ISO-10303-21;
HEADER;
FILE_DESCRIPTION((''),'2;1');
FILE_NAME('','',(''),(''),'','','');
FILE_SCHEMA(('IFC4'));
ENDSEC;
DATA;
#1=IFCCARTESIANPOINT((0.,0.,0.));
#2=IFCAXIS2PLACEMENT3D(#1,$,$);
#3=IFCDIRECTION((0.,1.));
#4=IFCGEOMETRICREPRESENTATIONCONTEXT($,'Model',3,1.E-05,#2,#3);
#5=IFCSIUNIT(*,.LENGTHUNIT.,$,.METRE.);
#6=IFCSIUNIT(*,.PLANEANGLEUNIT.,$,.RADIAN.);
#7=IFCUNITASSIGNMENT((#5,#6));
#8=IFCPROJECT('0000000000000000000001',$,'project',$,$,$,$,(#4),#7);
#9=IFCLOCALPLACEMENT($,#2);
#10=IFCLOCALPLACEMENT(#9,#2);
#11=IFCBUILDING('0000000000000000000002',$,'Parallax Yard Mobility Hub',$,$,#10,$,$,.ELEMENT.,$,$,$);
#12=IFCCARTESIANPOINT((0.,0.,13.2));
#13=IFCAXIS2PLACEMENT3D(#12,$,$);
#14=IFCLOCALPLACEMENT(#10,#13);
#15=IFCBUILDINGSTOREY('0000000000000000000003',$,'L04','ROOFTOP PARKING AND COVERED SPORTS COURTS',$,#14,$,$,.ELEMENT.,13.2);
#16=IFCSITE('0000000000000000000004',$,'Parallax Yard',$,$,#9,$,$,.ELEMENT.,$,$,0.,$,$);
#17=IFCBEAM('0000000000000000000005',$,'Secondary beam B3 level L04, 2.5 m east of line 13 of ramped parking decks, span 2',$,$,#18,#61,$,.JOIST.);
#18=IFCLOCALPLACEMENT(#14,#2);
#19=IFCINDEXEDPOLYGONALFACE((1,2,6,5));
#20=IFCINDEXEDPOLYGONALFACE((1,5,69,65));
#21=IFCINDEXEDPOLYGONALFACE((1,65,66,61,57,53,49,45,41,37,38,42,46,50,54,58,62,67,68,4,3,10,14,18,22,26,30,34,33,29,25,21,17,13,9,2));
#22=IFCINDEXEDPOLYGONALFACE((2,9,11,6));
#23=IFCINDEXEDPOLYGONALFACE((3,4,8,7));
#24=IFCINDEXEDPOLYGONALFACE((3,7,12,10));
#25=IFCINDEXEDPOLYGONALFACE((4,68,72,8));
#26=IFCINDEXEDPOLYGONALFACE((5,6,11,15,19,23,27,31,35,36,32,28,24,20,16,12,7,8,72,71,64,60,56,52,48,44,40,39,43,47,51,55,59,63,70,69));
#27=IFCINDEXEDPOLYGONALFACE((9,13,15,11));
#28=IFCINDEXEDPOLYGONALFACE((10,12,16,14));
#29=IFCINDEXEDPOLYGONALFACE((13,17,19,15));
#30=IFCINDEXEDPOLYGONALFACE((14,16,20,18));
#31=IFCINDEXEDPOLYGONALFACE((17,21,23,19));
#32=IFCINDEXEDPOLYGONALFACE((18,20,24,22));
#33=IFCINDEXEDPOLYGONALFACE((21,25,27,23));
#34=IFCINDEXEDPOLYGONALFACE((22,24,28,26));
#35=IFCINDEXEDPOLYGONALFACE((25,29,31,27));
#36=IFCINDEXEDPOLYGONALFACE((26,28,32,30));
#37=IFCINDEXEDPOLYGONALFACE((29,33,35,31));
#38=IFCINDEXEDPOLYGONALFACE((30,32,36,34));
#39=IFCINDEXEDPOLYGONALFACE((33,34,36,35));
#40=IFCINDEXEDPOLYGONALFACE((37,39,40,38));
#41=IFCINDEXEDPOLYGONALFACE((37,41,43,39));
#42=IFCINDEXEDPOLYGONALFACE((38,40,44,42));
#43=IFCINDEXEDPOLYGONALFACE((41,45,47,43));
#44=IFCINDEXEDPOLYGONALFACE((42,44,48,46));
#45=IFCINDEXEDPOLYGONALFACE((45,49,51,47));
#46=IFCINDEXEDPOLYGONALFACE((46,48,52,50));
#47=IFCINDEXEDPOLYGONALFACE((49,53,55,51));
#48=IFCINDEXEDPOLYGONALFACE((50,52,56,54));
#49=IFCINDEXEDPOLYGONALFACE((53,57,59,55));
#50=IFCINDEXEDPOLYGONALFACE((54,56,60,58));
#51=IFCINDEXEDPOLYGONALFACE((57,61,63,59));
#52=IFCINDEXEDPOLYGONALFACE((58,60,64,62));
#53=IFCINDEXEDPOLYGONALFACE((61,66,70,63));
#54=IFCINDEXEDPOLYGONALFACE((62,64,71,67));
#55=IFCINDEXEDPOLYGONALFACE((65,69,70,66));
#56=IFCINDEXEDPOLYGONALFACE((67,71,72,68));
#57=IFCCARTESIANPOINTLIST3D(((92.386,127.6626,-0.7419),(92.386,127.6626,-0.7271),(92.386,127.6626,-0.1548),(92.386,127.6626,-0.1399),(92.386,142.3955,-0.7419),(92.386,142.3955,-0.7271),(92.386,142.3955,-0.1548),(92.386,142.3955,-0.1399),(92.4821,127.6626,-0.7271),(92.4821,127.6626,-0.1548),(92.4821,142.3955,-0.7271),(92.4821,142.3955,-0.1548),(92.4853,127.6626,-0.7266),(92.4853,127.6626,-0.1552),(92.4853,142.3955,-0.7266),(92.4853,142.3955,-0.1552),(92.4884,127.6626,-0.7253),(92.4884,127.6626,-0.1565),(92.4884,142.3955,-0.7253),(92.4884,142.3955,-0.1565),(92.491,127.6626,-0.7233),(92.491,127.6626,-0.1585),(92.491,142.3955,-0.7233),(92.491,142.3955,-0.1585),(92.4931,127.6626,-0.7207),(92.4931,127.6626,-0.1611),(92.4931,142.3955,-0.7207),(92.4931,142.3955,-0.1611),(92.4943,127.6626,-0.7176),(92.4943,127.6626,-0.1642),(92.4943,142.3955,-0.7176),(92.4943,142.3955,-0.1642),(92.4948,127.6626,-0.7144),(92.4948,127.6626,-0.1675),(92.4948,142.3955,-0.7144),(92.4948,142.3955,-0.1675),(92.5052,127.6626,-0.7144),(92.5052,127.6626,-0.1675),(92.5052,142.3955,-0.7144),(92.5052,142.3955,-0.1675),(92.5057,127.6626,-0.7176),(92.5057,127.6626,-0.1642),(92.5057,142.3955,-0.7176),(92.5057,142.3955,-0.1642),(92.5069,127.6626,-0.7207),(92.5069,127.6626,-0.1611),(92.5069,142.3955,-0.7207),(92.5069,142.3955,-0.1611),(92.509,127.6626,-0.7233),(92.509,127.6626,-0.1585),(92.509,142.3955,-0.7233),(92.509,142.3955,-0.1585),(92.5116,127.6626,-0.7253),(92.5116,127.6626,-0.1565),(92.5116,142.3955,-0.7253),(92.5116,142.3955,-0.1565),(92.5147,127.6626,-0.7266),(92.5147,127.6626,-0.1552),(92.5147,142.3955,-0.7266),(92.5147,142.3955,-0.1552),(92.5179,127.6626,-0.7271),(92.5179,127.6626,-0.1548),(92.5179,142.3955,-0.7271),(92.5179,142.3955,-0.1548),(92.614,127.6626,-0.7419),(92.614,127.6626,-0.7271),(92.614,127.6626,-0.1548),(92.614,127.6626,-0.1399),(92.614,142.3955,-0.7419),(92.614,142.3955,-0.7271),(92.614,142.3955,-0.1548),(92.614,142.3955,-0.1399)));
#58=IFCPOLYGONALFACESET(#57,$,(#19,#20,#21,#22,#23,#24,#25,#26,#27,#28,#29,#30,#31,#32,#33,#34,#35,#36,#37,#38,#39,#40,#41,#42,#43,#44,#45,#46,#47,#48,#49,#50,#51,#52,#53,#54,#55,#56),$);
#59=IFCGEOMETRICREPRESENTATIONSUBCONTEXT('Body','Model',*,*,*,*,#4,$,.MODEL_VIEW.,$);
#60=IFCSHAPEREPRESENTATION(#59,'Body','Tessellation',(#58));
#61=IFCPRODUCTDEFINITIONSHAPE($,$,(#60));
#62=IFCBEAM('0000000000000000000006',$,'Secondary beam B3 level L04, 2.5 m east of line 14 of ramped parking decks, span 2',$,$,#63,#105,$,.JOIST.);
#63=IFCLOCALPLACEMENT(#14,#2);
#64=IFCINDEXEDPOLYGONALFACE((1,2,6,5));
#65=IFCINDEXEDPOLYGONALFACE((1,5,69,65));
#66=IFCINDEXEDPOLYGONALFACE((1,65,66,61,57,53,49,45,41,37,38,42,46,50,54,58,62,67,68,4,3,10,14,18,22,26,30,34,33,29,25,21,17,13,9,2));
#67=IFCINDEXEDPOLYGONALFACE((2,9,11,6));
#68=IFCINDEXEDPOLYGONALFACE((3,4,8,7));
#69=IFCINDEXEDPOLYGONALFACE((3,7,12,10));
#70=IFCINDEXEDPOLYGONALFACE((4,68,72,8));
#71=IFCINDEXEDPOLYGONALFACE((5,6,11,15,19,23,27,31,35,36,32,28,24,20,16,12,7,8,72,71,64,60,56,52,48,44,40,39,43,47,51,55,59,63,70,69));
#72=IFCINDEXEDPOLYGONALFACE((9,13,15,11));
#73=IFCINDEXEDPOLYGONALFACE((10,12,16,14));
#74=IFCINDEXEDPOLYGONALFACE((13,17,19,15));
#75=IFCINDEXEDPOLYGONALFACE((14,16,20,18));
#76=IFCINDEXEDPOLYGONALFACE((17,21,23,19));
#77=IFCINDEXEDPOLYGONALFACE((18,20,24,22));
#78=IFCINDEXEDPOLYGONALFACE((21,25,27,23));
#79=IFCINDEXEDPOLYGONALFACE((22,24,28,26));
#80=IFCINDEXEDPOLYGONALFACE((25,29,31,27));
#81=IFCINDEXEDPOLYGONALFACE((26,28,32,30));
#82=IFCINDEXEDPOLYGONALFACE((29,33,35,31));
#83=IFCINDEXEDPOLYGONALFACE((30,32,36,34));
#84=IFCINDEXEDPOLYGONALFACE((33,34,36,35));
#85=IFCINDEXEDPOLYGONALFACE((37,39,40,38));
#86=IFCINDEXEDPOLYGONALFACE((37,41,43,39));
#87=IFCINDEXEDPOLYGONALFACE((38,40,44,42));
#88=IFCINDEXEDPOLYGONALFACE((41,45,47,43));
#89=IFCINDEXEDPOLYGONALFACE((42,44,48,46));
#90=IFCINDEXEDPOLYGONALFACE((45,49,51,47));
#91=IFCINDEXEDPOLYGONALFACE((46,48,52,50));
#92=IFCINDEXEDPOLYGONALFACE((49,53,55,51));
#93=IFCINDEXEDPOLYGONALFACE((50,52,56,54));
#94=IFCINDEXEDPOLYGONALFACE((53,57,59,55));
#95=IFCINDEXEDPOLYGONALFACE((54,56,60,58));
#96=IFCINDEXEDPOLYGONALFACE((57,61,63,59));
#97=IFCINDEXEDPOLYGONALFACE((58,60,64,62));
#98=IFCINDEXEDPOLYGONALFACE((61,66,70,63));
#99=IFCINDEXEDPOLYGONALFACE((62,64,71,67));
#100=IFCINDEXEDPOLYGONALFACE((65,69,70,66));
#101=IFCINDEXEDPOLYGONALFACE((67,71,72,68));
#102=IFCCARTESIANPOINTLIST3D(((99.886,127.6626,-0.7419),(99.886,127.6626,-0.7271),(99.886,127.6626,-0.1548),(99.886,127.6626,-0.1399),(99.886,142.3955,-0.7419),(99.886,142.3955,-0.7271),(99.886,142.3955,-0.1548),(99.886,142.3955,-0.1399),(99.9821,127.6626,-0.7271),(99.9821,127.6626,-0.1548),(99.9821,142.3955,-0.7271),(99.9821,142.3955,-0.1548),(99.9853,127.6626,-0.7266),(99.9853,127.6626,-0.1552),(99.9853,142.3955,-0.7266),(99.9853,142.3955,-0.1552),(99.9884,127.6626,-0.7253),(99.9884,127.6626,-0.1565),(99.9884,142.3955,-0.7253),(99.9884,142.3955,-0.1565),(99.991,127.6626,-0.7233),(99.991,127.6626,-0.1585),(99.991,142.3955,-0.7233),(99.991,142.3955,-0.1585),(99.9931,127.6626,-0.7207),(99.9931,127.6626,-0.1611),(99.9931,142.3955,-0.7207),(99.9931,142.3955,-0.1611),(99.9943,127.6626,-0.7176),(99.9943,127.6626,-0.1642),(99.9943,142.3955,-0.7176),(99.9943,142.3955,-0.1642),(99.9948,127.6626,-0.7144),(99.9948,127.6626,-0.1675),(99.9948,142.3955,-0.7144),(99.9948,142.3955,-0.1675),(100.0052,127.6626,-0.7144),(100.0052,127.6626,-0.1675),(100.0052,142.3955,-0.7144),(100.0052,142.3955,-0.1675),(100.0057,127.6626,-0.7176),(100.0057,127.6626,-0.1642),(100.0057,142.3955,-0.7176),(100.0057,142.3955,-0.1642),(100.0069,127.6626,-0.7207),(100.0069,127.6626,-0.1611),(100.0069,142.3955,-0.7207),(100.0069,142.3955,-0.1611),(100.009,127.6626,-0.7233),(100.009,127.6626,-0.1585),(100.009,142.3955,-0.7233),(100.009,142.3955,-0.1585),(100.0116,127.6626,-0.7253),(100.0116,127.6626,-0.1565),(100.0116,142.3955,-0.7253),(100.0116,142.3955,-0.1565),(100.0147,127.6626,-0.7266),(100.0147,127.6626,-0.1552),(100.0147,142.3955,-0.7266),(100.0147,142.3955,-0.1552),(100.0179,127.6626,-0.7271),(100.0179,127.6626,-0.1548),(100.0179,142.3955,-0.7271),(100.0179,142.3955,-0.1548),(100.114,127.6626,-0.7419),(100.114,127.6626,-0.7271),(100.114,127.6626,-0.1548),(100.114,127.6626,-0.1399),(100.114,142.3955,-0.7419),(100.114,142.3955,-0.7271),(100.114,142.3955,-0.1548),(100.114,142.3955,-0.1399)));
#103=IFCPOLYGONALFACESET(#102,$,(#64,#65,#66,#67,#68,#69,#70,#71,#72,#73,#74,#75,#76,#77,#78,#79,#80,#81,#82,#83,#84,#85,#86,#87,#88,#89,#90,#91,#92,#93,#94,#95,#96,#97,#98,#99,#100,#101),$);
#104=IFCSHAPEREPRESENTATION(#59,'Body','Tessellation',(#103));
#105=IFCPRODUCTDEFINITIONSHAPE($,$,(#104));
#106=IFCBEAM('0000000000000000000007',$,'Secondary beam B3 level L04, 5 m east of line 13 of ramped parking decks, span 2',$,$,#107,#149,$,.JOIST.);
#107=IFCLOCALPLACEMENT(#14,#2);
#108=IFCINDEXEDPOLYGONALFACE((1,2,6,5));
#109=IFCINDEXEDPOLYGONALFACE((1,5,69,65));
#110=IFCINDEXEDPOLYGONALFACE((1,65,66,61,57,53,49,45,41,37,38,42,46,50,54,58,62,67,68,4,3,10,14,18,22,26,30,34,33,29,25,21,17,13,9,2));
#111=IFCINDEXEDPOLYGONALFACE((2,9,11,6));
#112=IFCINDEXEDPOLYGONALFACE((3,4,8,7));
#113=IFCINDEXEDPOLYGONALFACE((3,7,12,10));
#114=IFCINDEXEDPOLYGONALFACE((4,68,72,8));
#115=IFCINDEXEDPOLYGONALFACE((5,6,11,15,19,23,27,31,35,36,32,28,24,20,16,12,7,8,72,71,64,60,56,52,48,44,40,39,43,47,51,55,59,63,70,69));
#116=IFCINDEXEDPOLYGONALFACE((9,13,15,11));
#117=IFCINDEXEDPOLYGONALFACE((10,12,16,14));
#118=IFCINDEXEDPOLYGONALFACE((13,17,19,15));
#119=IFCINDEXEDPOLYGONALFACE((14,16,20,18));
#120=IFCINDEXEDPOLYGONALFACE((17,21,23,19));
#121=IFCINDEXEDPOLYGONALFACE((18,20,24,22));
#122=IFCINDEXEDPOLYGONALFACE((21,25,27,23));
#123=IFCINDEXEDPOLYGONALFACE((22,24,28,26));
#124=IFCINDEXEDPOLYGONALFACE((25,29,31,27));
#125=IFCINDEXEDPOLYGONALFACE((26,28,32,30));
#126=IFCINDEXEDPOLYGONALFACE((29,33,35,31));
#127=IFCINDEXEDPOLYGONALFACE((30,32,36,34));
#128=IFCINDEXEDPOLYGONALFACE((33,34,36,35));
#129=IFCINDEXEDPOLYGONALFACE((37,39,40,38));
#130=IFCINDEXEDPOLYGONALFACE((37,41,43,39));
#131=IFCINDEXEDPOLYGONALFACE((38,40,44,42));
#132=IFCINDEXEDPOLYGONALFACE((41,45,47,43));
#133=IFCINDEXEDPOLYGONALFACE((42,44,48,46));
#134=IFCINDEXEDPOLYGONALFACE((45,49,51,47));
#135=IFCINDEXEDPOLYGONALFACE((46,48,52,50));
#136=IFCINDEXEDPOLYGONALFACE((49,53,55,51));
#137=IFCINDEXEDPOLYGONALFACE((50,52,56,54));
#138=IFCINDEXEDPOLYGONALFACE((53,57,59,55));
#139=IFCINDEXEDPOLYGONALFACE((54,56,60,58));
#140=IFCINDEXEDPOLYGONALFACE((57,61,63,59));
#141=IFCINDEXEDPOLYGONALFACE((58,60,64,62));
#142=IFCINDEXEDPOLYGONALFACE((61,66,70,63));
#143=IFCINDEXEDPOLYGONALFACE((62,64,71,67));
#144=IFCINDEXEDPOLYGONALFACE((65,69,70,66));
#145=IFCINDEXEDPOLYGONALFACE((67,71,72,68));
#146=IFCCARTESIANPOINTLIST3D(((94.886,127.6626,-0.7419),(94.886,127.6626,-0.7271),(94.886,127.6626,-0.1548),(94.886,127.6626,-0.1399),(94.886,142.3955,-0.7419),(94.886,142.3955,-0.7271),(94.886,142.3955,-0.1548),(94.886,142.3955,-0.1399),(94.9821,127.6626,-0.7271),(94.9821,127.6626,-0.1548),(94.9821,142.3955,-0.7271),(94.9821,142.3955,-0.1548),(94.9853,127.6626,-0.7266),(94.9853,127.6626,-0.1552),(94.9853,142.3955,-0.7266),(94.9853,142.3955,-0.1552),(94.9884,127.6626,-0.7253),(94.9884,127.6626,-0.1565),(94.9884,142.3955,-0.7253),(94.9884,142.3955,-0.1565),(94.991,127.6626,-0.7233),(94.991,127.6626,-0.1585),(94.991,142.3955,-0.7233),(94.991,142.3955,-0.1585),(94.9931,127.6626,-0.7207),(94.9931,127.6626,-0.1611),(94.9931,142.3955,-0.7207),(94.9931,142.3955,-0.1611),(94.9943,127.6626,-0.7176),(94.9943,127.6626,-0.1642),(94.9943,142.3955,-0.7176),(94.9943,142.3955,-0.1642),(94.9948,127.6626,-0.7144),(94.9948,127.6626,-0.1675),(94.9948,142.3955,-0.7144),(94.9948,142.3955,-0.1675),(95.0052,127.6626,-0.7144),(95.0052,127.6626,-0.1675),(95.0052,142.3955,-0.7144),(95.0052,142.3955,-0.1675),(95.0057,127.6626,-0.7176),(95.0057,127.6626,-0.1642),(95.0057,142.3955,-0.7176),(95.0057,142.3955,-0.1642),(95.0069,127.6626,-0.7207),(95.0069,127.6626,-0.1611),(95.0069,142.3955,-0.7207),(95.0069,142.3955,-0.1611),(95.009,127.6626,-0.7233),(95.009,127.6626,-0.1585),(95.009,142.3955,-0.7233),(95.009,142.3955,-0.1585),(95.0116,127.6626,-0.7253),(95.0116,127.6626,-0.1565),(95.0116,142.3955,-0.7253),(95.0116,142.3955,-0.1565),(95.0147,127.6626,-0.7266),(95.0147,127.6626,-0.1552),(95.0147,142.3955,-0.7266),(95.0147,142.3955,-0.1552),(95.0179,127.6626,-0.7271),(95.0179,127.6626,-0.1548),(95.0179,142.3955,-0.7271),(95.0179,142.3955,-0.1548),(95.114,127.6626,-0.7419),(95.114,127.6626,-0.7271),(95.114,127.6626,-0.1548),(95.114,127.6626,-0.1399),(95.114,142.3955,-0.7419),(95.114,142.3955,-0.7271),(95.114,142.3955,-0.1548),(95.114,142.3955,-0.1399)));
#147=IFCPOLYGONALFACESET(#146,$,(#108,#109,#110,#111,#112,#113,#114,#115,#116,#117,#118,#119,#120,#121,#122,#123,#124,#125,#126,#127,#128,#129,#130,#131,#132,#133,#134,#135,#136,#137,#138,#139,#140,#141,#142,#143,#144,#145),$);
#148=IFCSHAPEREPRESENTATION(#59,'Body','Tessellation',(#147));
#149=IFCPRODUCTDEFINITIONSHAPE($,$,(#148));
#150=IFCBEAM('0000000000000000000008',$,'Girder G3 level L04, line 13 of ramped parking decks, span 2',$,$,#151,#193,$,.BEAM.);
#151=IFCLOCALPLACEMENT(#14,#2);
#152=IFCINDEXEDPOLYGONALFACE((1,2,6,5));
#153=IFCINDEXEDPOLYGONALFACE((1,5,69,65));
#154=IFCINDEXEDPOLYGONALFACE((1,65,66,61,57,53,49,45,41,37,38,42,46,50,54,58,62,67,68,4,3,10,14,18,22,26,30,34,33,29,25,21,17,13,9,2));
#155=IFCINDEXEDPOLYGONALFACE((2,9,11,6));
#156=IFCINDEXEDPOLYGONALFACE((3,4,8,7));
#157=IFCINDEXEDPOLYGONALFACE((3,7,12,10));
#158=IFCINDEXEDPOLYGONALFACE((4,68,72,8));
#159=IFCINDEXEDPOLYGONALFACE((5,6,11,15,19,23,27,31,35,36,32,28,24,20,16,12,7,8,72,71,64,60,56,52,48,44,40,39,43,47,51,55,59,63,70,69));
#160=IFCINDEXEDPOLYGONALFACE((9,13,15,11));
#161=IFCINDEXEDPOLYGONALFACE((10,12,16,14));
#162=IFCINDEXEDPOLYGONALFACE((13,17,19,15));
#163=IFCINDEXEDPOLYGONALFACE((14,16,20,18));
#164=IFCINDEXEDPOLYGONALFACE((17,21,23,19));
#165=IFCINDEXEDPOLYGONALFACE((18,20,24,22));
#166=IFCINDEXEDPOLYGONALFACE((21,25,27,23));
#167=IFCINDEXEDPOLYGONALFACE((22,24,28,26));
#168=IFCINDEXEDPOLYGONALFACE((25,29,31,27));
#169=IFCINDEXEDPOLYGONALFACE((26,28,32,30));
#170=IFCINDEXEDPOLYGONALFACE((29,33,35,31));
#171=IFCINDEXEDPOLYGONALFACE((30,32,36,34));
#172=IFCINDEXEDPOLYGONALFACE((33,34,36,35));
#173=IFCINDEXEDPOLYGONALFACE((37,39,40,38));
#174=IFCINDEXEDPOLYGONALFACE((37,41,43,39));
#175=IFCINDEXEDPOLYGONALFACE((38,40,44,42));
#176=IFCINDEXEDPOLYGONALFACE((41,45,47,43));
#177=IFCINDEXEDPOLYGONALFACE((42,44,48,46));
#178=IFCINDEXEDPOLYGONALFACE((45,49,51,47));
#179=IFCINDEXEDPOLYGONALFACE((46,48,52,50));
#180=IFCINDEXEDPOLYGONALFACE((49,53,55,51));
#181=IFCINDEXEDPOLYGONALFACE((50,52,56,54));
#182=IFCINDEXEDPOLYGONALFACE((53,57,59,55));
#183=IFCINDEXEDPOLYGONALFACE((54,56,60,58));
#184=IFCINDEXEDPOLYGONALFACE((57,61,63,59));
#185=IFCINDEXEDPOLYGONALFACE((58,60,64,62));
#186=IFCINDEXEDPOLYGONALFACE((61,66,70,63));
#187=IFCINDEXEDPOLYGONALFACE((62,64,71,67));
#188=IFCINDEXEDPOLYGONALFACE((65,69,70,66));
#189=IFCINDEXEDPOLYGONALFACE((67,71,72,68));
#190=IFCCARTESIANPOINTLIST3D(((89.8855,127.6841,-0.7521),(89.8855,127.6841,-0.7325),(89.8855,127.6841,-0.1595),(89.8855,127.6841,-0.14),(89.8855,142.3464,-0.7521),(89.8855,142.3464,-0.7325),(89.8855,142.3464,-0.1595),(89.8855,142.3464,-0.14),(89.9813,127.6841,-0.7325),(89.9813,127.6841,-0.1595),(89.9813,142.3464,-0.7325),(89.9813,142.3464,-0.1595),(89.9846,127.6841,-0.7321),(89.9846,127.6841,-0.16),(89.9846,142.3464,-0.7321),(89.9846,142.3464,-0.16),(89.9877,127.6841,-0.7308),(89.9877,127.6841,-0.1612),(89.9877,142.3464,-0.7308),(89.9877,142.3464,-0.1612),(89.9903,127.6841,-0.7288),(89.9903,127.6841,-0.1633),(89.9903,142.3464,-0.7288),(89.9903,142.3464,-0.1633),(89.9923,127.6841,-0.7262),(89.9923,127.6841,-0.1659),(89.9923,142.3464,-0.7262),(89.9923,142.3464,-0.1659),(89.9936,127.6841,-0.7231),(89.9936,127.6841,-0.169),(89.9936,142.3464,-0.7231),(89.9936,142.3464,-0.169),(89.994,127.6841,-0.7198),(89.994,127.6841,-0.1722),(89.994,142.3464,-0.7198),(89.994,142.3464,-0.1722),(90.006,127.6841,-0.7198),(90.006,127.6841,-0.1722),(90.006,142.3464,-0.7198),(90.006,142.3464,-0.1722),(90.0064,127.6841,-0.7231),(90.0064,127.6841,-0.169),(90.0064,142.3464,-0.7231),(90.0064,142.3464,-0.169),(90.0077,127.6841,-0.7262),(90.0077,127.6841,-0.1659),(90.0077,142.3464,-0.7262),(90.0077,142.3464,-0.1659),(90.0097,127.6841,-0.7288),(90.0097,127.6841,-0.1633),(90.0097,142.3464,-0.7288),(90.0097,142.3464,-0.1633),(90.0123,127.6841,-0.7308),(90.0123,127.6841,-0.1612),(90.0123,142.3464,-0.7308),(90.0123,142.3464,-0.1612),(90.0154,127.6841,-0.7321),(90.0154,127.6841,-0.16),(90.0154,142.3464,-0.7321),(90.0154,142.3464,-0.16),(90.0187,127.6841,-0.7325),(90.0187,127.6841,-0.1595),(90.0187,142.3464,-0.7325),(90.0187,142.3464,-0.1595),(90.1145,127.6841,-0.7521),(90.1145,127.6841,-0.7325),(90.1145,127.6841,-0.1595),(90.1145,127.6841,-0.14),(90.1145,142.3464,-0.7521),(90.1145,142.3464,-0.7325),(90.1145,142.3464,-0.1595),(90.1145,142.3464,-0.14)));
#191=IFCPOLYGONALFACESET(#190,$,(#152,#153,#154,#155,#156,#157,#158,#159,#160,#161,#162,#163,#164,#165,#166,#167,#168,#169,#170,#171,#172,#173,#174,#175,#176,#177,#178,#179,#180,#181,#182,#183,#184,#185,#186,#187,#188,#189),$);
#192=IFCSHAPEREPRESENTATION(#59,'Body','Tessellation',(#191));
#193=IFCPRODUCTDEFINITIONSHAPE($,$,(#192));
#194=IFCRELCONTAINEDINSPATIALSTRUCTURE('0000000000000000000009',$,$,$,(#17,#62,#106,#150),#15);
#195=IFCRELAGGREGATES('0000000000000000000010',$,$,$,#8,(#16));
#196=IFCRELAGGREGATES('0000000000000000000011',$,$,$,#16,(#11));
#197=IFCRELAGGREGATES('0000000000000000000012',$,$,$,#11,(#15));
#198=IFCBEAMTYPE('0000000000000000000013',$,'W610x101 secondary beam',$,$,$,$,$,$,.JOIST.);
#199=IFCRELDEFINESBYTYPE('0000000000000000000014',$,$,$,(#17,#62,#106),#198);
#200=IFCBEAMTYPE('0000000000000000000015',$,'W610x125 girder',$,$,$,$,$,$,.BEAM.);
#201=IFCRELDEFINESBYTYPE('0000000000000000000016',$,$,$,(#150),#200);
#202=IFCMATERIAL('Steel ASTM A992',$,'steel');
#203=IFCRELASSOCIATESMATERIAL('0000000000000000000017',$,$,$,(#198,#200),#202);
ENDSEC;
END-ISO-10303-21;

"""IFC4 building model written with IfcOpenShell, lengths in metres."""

from ifc_helpers import new_model, si_unit, direction, frame, origin, origin_2d, place, context, subcontext, project, spatial, i_section, extrude, material, material_profile, profile_set, type_object, element, save


model = new_model("IFC4")

# Units and contexts
model_context = context("Model", 3, precision=1e-05, world=origin(), true_north=direction((0.0, 1.0)))
body_context = subcontext(model_context, "Body", "Model", "MODEL_VIEW")
ifc_project = project(units=[si_unit("LENGTHUNIT", "METRE"), si_unit("PLANEANGLEUNIT", "RADIAN")], contexts=[model_context])

# Site, building, storey
site_placement = place(None, origin())
site = spatial("IfcSite", under=ifc_project, at=site_placement, Name="Parallax Yard", CompositionType="ELEMENT", RefElevation=0.0)
building_placement = place(site_placement, origin())
building = spatial("IfcBuilding", under=site, at=building_placement, Name="Parallax Yard Mobility Hub", CompositionType="ELEMENT")
storey_placement = place(building_placement, frame((0.0, 0.0, 13.2)))
storey = spatial("IfcBuildingStorey", under=building, at=storey_placement, Name="L04", Description="ROOFTOP PARKING AND COVERED SPORTS COURTS", CompositionType="ELEMENT", Elevation=13.2)

# Shared definitions
ifc_material_1 = material(Name="Steel ASTM A992", Category="steel")

# Beams
ifc_material_profile_1 = material_profile(ifc_material_1, i_section(OverallWidth=0.228, OverallDepth=0.6021, WebThickness=0.0105, FlangeThickness=0.0149, FilletRadius=0.0127, at=origin_2d()), Name="W610x101")
ifc_profile_set_1 = profile_set([ifc_material_profile_1], Name="Steel ASTM A992")
beam_type_1 = type_object("IfcBeamType", Name="W610x101 secondary beam", PredefinedType="JOIST", material=ifc_profile_set_1)
for number, where, z_axis, x_axis, name in (
    (1, (92.5, 127.6626, -0.4409), (0.0, 1.0, 0.0), (-1.0, 0.0, 0.0), "Secondary beam B3 level L04, 2.5 m east of line 13 of ramped parking decks, span 2"),
    (2, (100.0, 127.6626, -0.4409), (0.0, 1.0, 0.0), (-1.0, 0.0, 0.0), "Secondary beam B3 level L04, 2.5 m east of line 14 of ramped parking decks, span 2"),
    (3, (95.0, 127.6626, -0.4409), (0.0, 1.0, 0.0), (-1.0, 0.0, 0.0), "Secondary beam B3 level L04, 5 m east of line 13 of ramped parking decks, span 2"),
):
    element("IfcBeam", number, at=place(storey_placement, frame(where, z_axis=z_axis, x_axis=x_axis)), inside=storey, type_object=beam_type_1, Name=name, PredefinedType="JOIST", context=body_context, shape_type="SweptSolid", body=[
        extrude(i_section(OverallWidth=0.228, OverallDepth=0.6021, WebThickness=0.0105, FlangeThickness=0.0149, FilletRadius=0.0127, at=origin_2d()), origin(), (0.0, 0.0, 1.0), 14.7329),
    ])
ifc_material_profile_2 = material_profile(ifc_material_1, i_section(OverallWidth=0.229, OverallDepth=0.6121, WebThickness=0.012, FlangeThickness=0.0195, FilletRadius=0.0127, at=origin_2d()), Name="W610x125")
ifc_profile_set_2 = profile_set([ifc_material_profile_2], Name="Steel ASTM A992")
beam_type_2 = type_object("IfcBeamType", Name="W610x125 girder", PredefinedType="BEAM", material=ifc_profile_set_2)
for number, where, z_axis, x_axis, name in (
    (4, (90.0, 127.6841, -0.446), (0.0, 1.0, 0.0), (-1.0, 0.0, 0.0), "Girder G3 level L04, line 13 of ramped parking decks, span 2"),
):
    element("IfcBeam", number, at=place(storey_placement, frame(where, z_axis=z_axis, x_axis=x_axis)), inside=storey, type_object=beam_type_2, Name=name, PredefinedType="BEAM", context=body_context, shape_type="SweptSolid", body=[
        extrude(i_section(OverallWidth=0.229, OverallDepth=0.6121, WebThickness=0.012, FlangeThickness=0.0195, FilletRadius=0.0127, at=origin_2d()), origin(), (0.0, 0.0, 1.0), 14.6624),
    ])

save(model, "model.ifc")
